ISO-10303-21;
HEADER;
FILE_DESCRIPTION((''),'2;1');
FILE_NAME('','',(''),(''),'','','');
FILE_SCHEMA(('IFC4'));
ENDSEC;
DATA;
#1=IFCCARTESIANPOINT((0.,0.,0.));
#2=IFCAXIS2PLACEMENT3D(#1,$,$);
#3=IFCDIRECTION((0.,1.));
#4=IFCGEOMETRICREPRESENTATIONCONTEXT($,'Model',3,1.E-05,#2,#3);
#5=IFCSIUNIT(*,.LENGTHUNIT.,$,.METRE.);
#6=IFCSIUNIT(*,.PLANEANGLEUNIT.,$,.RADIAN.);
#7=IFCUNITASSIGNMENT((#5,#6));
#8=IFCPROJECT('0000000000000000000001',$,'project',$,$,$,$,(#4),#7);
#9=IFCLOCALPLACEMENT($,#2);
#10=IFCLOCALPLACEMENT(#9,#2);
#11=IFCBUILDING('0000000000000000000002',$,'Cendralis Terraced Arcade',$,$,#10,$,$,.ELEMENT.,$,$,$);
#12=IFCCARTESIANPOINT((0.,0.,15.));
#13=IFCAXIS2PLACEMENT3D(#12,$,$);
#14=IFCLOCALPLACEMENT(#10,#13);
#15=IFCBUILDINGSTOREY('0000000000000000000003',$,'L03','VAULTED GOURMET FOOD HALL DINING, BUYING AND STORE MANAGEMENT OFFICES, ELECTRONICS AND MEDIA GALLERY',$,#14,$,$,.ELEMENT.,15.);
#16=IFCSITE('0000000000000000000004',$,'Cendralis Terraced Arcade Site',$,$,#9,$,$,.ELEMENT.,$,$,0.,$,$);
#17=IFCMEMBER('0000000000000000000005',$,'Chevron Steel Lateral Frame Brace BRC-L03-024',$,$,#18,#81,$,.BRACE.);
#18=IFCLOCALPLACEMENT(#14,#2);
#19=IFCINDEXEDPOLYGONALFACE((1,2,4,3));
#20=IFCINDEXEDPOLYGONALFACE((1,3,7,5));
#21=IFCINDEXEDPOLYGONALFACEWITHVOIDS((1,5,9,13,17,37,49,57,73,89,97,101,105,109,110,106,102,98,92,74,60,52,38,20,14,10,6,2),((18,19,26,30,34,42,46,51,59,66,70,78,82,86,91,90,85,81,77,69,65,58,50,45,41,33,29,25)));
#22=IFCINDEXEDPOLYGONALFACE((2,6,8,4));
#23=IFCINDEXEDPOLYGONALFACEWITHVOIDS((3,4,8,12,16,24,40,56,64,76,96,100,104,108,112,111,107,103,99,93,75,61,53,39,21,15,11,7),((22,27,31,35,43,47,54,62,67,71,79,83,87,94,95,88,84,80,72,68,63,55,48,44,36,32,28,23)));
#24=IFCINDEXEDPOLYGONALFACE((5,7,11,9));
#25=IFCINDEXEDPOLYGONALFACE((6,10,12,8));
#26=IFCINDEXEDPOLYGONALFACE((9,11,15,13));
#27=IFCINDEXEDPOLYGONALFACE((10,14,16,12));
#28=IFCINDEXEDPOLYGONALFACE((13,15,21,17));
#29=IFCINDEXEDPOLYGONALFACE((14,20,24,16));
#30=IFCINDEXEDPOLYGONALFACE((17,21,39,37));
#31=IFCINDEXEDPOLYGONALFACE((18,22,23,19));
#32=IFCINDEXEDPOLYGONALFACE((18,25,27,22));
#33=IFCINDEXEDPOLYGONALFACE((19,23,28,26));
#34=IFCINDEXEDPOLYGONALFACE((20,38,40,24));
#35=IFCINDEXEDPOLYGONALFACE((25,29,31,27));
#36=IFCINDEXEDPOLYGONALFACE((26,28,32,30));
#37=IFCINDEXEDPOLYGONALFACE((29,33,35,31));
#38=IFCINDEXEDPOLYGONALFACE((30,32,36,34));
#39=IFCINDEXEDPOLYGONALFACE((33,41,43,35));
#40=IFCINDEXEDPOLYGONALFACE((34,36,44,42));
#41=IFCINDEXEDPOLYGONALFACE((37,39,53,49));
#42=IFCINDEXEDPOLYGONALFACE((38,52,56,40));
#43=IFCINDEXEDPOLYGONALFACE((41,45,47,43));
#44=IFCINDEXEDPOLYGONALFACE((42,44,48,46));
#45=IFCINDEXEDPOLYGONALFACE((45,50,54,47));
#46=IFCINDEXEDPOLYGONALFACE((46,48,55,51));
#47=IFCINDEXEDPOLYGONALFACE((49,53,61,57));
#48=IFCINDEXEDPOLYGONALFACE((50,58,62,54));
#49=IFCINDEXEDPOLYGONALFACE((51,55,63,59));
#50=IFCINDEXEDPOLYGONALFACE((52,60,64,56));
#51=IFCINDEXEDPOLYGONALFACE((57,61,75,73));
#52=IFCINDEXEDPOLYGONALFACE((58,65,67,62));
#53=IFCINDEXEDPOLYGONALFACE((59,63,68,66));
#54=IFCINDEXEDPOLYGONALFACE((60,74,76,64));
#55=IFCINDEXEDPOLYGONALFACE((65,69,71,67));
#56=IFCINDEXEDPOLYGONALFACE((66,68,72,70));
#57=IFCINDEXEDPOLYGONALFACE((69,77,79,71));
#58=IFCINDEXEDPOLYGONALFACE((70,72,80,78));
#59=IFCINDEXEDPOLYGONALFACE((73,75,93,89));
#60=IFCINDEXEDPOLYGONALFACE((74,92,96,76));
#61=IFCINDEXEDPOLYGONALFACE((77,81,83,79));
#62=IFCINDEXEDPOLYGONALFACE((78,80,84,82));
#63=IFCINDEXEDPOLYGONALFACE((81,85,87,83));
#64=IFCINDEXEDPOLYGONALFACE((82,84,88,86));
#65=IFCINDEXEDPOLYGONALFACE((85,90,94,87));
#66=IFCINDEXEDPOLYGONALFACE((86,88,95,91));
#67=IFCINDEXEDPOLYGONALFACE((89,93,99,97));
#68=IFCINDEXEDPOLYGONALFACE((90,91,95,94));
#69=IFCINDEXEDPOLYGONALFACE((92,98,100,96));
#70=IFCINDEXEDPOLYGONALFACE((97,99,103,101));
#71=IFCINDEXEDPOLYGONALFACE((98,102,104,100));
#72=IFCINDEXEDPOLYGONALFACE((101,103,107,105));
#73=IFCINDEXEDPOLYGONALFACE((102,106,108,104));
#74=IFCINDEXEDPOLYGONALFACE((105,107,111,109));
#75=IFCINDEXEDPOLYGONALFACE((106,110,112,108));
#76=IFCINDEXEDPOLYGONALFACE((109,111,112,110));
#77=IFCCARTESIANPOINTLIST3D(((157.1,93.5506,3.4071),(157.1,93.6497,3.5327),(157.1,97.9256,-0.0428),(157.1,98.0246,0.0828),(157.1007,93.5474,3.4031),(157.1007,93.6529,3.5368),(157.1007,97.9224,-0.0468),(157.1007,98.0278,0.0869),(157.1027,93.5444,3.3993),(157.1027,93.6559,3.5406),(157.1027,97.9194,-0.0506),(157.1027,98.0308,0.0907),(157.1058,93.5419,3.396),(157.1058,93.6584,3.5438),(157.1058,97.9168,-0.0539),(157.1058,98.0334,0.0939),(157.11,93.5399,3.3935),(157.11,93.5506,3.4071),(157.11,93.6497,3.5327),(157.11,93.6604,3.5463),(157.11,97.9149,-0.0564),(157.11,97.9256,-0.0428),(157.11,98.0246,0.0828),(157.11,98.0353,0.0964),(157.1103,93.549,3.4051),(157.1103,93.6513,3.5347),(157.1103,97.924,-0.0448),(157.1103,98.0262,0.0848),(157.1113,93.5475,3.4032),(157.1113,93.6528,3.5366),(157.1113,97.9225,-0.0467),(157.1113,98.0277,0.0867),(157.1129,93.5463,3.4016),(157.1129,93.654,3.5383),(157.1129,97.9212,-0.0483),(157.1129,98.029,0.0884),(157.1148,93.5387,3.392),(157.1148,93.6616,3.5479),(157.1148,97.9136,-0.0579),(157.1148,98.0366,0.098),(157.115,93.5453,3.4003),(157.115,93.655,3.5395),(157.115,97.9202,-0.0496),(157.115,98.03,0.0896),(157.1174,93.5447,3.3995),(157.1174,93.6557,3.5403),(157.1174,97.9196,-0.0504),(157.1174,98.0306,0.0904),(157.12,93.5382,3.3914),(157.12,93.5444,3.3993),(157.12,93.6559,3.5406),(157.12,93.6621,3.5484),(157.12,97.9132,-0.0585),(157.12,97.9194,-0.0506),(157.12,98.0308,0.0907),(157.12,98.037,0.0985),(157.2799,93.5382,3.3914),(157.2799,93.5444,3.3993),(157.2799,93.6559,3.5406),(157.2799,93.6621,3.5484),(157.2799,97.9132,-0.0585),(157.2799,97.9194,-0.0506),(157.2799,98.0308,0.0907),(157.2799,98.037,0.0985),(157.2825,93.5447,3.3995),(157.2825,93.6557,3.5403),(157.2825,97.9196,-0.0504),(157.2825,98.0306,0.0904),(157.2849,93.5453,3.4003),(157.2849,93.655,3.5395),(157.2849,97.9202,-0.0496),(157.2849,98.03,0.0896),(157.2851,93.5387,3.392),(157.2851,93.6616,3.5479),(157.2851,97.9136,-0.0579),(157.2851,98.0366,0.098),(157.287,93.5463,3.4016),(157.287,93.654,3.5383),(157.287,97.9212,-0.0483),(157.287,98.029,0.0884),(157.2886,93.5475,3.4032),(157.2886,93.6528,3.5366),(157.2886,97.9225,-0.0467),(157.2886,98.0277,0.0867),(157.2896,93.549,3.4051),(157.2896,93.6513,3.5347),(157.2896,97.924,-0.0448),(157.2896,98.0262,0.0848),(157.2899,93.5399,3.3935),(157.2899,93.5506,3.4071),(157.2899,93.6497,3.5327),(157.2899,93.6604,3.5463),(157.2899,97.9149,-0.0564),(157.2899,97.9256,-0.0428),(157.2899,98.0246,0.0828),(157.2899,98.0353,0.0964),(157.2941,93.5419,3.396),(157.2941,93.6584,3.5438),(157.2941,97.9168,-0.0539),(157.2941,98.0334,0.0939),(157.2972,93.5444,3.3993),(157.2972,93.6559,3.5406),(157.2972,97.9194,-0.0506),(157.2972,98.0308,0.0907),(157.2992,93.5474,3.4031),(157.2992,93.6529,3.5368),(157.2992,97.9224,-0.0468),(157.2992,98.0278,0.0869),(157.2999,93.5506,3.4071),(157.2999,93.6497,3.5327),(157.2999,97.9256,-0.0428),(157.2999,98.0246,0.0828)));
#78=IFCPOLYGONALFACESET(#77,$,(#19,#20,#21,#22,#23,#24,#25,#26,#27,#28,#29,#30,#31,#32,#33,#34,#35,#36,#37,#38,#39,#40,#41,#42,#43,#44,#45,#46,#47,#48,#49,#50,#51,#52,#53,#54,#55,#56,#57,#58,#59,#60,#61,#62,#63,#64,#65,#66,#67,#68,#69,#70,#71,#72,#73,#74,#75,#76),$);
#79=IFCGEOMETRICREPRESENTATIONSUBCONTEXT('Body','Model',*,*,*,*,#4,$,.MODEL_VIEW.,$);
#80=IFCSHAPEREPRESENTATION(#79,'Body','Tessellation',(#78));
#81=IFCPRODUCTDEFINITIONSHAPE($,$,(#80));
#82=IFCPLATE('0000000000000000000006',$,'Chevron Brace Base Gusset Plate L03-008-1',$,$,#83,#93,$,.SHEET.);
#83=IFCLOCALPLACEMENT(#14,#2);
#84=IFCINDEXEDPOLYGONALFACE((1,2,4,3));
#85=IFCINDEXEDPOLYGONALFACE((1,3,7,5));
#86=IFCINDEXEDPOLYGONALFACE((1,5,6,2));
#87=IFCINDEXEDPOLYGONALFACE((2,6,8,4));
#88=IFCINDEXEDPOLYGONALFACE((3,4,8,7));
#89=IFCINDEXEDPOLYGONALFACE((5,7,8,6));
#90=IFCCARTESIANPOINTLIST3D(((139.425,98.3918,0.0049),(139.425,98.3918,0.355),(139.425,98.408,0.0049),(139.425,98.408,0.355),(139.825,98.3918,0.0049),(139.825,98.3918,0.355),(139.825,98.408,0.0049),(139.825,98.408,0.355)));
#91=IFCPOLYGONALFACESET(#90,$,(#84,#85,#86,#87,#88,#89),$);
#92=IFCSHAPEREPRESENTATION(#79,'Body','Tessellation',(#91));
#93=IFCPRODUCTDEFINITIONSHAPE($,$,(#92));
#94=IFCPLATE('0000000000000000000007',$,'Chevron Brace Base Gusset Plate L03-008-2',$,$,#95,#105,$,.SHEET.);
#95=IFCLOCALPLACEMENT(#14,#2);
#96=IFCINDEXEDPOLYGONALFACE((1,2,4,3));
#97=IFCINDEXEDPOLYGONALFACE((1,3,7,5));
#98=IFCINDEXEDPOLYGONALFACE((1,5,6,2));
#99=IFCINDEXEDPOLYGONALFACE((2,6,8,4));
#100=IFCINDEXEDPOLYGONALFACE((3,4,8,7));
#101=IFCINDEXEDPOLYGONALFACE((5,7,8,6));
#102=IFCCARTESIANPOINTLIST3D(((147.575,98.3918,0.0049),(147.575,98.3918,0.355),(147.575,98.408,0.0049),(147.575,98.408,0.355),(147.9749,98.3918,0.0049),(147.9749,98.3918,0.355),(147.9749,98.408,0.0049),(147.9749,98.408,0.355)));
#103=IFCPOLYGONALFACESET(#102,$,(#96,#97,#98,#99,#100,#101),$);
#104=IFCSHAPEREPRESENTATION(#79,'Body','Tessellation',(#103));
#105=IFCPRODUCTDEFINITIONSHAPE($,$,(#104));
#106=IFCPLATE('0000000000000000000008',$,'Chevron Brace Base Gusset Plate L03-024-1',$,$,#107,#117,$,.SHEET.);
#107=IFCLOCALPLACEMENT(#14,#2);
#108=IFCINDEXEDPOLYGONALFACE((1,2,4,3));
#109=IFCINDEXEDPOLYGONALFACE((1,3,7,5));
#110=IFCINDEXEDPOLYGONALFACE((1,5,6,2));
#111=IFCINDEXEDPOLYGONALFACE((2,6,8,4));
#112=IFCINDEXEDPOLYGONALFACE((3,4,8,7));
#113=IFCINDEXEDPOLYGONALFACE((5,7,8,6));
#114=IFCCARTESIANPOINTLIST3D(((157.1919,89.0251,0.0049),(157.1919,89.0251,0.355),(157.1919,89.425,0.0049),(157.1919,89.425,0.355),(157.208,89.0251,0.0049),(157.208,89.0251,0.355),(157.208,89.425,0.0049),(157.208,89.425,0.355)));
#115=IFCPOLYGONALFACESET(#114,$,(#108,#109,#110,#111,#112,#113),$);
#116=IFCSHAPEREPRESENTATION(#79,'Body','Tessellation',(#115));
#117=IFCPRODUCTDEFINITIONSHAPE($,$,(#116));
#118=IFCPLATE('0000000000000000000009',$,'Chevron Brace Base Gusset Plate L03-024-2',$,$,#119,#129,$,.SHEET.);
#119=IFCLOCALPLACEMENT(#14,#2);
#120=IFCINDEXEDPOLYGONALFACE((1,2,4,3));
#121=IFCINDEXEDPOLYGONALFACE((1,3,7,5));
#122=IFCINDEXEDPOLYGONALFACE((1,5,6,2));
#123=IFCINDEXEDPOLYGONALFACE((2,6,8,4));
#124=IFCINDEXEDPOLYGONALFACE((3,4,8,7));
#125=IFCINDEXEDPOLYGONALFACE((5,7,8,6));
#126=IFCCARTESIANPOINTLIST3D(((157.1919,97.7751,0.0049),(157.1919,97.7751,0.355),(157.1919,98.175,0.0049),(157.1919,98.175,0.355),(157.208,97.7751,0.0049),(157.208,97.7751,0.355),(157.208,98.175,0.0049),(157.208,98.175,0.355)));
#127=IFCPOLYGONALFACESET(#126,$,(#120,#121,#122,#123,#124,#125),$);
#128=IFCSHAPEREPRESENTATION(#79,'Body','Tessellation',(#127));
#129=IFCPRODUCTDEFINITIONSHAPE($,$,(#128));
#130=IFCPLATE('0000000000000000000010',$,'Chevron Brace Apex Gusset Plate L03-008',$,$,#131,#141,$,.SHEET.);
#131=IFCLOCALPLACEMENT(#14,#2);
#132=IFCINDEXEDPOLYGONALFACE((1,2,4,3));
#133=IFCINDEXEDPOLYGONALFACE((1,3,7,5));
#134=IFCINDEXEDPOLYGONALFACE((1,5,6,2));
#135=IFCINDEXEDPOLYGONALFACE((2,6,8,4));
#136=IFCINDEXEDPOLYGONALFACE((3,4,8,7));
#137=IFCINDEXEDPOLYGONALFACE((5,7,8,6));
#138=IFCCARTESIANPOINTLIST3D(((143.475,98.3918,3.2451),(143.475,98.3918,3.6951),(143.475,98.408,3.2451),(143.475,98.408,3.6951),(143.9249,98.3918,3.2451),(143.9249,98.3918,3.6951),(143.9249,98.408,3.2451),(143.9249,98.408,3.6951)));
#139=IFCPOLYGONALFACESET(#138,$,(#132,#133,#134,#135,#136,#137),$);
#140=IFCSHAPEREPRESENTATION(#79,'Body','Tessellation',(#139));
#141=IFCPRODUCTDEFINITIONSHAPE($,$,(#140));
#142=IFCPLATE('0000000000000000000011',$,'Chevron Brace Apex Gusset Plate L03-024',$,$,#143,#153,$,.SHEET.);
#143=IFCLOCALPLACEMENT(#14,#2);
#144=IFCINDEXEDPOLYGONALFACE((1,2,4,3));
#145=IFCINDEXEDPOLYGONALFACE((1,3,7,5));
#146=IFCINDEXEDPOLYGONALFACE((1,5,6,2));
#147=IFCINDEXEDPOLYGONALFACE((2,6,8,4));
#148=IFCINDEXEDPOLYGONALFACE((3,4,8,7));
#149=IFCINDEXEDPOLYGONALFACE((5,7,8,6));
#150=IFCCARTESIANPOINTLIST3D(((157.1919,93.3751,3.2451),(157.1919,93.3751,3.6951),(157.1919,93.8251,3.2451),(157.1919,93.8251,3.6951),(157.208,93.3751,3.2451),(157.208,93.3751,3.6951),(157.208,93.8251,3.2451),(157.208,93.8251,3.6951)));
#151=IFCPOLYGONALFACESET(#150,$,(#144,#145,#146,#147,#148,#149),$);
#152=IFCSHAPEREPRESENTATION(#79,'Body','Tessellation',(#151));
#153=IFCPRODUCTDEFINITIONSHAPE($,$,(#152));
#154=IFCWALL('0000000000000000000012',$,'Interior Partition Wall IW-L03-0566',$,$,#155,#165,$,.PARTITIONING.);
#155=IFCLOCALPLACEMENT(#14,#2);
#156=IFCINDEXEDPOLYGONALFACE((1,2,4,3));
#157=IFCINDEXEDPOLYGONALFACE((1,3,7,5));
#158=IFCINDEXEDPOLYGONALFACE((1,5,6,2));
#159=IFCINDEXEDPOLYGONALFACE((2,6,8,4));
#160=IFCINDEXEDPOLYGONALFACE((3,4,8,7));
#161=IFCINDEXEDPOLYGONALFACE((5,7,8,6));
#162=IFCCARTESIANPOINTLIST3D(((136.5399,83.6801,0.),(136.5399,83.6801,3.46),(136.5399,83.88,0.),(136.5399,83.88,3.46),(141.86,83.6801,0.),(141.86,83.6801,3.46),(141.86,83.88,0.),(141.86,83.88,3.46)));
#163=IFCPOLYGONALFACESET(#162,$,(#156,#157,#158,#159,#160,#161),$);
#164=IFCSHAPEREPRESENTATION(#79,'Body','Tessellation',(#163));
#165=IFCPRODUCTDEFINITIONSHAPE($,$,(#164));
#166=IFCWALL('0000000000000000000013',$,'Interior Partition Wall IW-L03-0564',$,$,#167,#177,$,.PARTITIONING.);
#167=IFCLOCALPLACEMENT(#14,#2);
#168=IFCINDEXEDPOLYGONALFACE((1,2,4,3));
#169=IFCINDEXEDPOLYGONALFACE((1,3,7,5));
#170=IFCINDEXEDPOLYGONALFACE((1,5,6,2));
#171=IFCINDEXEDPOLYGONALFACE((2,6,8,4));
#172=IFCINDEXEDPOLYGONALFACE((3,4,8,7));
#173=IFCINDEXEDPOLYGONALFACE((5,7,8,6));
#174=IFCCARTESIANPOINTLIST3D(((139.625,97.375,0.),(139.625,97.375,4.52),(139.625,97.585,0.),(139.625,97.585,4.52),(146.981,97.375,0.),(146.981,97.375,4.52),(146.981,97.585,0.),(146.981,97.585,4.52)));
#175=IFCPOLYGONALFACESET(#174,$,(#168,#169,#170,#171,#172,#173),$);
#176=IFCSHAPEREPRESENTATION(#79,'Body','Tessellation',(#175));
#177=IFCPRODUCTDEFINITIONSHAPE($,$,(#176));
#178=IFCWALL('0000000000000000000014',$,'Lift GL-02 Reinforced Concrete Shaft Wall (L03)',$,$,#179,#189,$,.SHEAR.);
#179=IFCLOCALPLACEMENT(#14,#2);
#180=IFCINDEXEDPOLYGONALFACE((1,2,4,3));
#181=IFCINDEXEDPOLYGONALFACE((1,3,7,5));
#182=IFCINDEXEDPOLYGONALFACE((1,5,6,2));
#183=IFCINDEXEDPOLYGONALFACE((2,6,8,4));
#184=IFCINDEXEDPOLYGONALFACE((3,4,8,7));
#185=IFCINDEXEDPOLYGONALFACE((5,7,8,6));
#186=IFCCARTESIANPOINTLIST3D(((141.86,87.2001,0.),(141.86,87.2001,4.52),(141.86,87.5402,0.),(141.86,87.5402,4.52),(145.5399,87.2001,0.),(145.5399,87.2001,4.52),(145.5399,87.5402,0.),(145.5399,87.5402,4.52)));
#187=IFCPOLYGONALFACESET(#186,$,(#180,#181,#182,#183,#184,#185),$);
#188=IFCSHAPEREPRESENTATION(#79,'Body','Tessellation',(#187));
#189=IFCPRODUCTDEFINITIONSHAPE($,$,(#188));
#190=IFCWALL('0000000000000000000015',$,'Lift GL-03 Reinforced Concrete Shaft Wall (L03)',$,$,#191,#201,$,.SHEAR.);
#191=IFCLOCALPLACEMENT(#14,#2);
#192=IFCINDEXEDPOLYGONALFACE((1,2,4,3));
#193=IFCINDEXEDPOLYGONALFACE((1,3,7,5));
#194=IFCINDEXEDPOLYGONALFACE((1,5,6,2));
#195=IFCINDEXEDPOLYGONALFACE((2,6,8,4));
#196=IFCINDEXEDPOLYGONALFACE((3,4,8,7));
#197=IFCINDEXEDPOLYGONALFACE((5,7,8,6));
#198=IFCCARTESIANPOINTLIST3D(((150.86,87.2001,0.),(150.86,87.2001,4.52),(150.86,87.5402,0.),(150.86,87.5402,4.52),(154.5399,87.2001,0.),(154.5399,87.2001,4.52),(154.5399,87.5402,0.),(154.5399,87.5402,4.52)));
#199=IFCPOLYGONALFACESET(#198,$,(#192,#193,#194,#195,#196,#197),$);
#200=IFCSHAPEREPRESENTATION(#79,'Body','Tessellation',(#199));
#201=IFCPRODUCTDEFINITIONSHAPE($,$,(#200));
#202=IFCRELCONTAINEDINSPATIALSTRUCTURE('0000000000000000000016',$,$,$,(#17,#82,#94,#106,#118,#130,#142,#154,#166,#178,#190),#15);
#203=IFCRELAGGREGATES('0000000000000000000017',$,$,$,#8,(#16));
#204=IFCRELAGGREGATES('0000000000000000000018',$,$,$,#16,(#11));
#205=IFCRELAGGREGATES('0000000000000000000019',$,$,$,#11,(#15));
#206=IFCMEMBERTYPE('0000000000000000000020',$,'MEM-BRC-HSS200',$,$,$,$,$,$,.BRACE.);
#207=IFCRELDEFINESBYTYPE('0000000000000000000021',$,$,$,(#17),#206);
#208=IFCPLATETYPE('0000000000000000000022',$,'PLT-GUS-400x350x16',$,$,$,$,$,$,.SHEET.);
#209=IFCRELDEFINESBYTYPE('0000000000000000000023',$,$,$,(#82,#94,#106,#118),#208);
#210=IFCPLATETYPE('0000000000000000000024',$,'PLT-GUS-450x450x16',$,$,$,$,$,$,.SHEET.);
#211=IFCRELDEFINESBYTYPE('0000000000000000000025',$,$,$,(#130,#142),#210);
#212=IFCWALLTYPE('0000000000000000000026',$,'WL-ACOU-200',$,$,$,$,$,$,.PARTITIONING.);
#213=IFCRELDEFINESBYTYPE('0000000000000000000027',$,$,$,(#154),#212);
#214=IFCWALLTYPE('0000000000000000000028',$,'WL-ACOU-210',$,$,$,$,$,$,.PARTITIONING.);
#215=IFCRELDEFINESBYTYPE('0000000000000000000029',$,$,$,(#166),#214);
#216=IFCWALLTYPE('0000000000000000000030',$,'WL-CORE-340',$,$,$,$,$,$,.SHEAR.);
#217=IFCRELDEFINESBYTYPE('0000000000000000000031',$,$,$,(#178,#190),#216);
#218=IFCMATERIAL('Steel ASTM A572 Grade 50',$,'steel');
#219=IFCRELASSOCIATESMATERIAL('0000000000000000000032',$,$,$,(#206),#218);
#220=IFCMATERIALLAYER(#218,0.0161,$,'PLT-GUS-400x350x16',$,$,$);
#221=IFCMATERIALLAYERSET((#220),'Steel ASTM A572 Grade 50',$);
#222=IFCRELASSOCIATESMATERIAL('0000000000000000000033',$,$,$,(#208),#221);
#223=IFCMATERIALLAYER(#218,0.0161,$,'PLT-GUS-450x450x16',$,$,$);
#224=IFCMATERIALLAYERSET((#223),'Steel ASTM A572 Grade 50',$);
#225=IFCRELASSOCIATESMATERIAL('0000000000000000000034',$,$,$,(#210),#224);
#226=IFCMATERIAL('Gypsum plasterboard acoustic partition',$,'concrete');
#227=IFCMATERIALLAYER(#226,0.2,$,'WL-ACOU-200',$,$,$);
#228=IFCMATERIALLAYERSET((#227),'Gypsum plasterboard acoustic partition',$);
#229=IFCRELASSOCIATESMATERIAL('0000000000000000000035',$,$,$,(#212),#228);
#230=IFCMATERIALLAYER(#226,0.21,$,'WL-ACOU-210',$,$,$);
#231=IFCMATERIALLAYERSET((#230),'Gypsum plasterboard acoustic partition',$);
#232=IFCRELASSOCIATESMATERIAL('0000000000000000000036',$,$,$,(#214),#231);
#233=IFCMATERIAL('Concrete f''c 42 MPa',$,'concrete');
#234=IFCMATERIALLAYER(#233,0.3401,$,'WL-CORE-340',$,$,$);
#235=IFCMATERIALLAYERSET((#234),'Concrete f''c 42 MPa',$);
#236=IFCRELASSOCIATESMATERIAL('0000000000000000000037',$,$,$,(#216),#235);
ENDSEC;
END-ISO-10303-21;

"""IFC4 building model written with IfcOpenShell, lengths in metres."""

from ifc_helpers import new_model, si_unit, direction, frame, frame_2d, origin, origin_2d, place, context, subcontext, project, spatial, rectangle, hollow_rectangle, extrude, material, layer, layer_set, material_profile, profile_set, type_object, element, save


model = new_model("IFC4")

# Units and contexts
model_context = context("Model", 3, precision=1e-05, world=origin(), true_north=direction((0.0, 1.0)))
body_context = subcontext(model_context, "Body", "Model", "MODEL_VIEW")
ifc_project = project(units=[si_unit("LENGTHUNIT", "METRE"), si_unit("PLANEANGLEUNIT", "RADIAN")], contexts=[model_context])

# Site, building, storey
site_placement = place(None, origin())
site = spatial("IfcSite", under=ifc_project, at=site_placement, Name="Cendralis Terraced Arcade Site", CompositionType="ELEMENT", RefElevation=0.0)
building_placement = place(site_placement, origin())
building = spatial("IfcBuilding", under=site, at=building_placement, Name="Cendralis Terraced Arcade", CompositionType="ELEMENT")
storey_placement = place(building_placement, frame((0.0, 0.0, 15.0)))
storey = spatial("IfcBuildingStorey", under=building, at=storey_placement, Name="L03", Description="VAULTED GOURMET FOOD HALL DINING, BUYING AND STORE MANAGEMENT OFFICES, ELECTRONICS AND MEDIA GALLERY", CompositionType="ELEMENT", Elevation=15.0)

# Shared definitions
ifc_material_1 = material(Name="Concrete f'c 42 MPa", Category="concrete")

# Member
ifc_material_2 = material(Name="Steel ASTM A572 Grade 50", Category="steel")
ifc_material_profile_1 = material_profile(ifc_material_2, hollow_rectangle(XDim=0.2, YDim=0.2, WallThickness=0.01, InnerFilletRadius=0.01, OuterFilletRadius=0.02, at=origin_2d()), Name="HSS200X200X10", Category="LoadBearing")
ifc_profile_set_1 = profile_set([ifc_material_profile_1], Name="Steel ASTM A572 Grade 50")
member_type = type_object("IfcMemberType", Name="MEM-BRC-HSS200", PredefinedType="BRACE", material=ifc_profile_set_1)
for number, where, z_axis, x_axis, name in (
    (1, (157.2, 97.9751, 0.02), (0.0, -0.785231, 0.619202), (1.0, 0.0, 0.0), "Chevron Steel Lateral Frame Brace BRC-L03-024"),
):
    element("IfcMember", number, at=place(storey_placement, frame(where, z_axis=z_axis, x_axis=x_axis)), inside=storey, type_object=member_type, Name=name, PredefinedType="BRACE", context=body_context, shape_type="SweptSolid", body=[
        extrude(hollow_rectangle(XDim=0.2, YDim=0.2, WallThickness=0.01, InnerFilletRadius=0.01, OuterFilletRadius=0.02, at=origin_2d()), origin(), (0.0, 0.0, 1.0), 5.5715),
    ])

# Plates
ifc_layer_1 = layer(ifc_material_2, 0.0161, Name="PLT-GUS-400x350x16")
ifc_layer_set_1 = layer_set([ifc_layer_1], Name="Steel ASTM A572 Grade 50")
plate_type_1 = type_object("IfcPlateType", Name="PLT-GUS-400x350x16", PredefinedType="SHEET", material=ifc_layer_set_1)
for number, where, z_axis, x_axis, name in (
    (2, (139.625, 98.3999, 0.0049), (0.0, 0.0, 1.0), (1.0, 0.0, 0.0), "Chevron Brace Base Gusset Plate L03-008-1"),
    (3, (147.7749, 98.3999, 0.0049), (0.0, 0.0, 1.0), (1.0, 0.0, 0.0), "Chevron Brace Base Gusset Plate L03-008-2"),
    (4, (157.2, 89.2251, 0.0049), (0.0, 0.0, 1.0), (0.0, 1.0, 0.0), "Chevron Brace Base Gusset Plate L03-024-1"),
    (5, (157.2, 97.9751, 0.0049), (0.0, 0.0, 1.0), (0.0, 1.0, 0.0), "Chevron Brace Base Gusset Plate L03-024-2"),
):
    element("IfcPlate", number, at=place(storey_placement, frame(where, z_axis=z_axis, x_axis=x_axis)), inside=storey, type_object=plate_type_1, Name=name, PredefinedType="SHEET", context=body_context, shape_type="SweptSolid", body=[
        extrude(rectangle(XDim=0.3999, YDim=0.0161, at=origin_2d()), origin(), (0.0, 0.0, 1.0), 0.3501),
    ])
ifc_layer_2 = layer(ifc_material_2, 0.0161, Name="PLT-GUS-450x450x16")
ifc_layer_set_2 = layer_set([ifc_layer_2], Name="Steel ASTM A572 Grade 50")
plate_type_2 = type_object("IfcPlateType", Name="PLT-GUS-450x450x16", PredefinedType="SHEET", material=ifc_layer_set_2)
for number, where, z_axis, x_axis, name in (
    (6, (143.7, 98.3999, 3.2451), (0.0, 0.0, 1.0), (1.0, 0.0, 0.0), "Chevron Brace Apex Gusset Plate L03-008"),
    (7, (157.2, 93.6001, 3.2451), (0.0, 0.0, 1.0), (0.0, 1.0, 0.0), "Chevron Brace Apex Gusset Plate L03-024"),
):
    element("IfcPlate", number, at=place(storey_placement, frame(where, z_axis=z_axis, x_axis=x_axis)), inside=storey, type_object=plate_type_2, Name=name, PredefinedType="SHEET", context=body_context, shape_type="SweptSolid", body=[
        extrude(rectangle(XDim=0.45, YDim=0.0161, at=origin_2d()), origin(), (0.0, 0.0, 1.0), 0.45),
    ])

# Walls
ifc_material_3 = material(Name="Gypsum plasterboard acoustic partition", Category="concrete")
ifc_layer_3 = layer(ifc_material_3, 0.2, Name="WL-ACOU-200")
ifc_layer_set_3 = layer_set([ifc_layer_3], Name="Gypsum plasterboard acoustic partition")
wall_type_1 = type_object("IfcWallType", Name="WL-ACOU-200", PredefinedType="PARTITIONING", material=ifc_layer_set_3)
wall_1_placement = place(storey_placement, frame((141.8601, 83.78, 0.0), z_axis=(0.0, 0.0, 1.0), x_axis=(-1.0, 0.0, 0.0)))
element("IfcWall", 8, at=wall_1_placement, inside=storey, type_object=wall_type_1, Name="Interior Partition Wall IW-L03-0566", PredefinedType="PARTITIONING", context=body_context, shape_type="SweptSolid", body=[
    extrude(rectangle(XDim=5.3201, YDim=0.2, at=frame_2d((2.6602, 0.0))), origin(), (0.0, 0.0, 1.0), 3.46),
])
ifc_layer_4 = layer(ifc_material_3, 0.21, Name="WL-ACOU-210")
ifc_layer_set_4 = layer_set([ifc_layer_4], Name="Gypsum plasterboard acoustic partition")
wall_type_2 = type_object("IfcWallType", Name="WL-ACOU-210", PredefinedType="PARTITIONING", material=ifc_layer_set_4)
wall_2_placement = place(storey_placement, frame((139.625, 97.48, 0.0), z_axis=(0.0, 0.0, 1.0), x_axis=(1.0, 0.0, 0.0)))
element("IfcWall", 9, at=wall_2_placement, inside=storey, type_object=wall_type_2, Name="Interior Partition Wall IW-L03-0564", PredefinedType="PARTITIONING", context=body_context, shape_type="SweptSolid", body=[
    extrude(rectangle(XDim=7.356, YDim=0.21, at=frame_2d((3.678, 0.0))), origin(), (0.0, 0.0, 1.0), 4.52),
])
ifc_layer_5 = layer(ifc_material_1, 0.3401, Name="WL-CORE-340")
ifc_layer_set_5 = layer_set([ifc_layer_5], Name="Concrete f'c 42 MPa")
wall_type_3 = type_object("IfcWallType", Name="WL-CORE-340", PredefinedType="SHEAR", material=ifc_layer_set_5)
for number, where, z_axis, x_axis, name in (
    (10, (141.8601, 87.3701, 0.0), (0.0, 0.0, 1.0), (1.0, 0.0, 0.0), "Lift GL-02 Reinforced Concrete Shaft Wall (L03)"),
    (11, (150.8601, 87.3701, 0.0), (0.0, 0.0, 1.0), (1.0, 0.0, 0.0), "Lift GL-03 Reinforced Concrete Shaft Wall (L03)"),
):
    element("IfcWall", number, at=place(storey_placement, frame(where, z_axis=z_axis, x_axis=x_axis)), inside=storey, type_object=wall_type_3, Name=name, PredefinedType="SHEAR", context=body_context, shape_type="SweptSolid", body=[
        extrude(rectangle(XDim=3.6799, YDim=0.3401, at=frame_2d((1.8398, 0.0))), origin(), (0.0, 0.0, 1.0), 4.52),
    ])

save(model, "model.ifc")
